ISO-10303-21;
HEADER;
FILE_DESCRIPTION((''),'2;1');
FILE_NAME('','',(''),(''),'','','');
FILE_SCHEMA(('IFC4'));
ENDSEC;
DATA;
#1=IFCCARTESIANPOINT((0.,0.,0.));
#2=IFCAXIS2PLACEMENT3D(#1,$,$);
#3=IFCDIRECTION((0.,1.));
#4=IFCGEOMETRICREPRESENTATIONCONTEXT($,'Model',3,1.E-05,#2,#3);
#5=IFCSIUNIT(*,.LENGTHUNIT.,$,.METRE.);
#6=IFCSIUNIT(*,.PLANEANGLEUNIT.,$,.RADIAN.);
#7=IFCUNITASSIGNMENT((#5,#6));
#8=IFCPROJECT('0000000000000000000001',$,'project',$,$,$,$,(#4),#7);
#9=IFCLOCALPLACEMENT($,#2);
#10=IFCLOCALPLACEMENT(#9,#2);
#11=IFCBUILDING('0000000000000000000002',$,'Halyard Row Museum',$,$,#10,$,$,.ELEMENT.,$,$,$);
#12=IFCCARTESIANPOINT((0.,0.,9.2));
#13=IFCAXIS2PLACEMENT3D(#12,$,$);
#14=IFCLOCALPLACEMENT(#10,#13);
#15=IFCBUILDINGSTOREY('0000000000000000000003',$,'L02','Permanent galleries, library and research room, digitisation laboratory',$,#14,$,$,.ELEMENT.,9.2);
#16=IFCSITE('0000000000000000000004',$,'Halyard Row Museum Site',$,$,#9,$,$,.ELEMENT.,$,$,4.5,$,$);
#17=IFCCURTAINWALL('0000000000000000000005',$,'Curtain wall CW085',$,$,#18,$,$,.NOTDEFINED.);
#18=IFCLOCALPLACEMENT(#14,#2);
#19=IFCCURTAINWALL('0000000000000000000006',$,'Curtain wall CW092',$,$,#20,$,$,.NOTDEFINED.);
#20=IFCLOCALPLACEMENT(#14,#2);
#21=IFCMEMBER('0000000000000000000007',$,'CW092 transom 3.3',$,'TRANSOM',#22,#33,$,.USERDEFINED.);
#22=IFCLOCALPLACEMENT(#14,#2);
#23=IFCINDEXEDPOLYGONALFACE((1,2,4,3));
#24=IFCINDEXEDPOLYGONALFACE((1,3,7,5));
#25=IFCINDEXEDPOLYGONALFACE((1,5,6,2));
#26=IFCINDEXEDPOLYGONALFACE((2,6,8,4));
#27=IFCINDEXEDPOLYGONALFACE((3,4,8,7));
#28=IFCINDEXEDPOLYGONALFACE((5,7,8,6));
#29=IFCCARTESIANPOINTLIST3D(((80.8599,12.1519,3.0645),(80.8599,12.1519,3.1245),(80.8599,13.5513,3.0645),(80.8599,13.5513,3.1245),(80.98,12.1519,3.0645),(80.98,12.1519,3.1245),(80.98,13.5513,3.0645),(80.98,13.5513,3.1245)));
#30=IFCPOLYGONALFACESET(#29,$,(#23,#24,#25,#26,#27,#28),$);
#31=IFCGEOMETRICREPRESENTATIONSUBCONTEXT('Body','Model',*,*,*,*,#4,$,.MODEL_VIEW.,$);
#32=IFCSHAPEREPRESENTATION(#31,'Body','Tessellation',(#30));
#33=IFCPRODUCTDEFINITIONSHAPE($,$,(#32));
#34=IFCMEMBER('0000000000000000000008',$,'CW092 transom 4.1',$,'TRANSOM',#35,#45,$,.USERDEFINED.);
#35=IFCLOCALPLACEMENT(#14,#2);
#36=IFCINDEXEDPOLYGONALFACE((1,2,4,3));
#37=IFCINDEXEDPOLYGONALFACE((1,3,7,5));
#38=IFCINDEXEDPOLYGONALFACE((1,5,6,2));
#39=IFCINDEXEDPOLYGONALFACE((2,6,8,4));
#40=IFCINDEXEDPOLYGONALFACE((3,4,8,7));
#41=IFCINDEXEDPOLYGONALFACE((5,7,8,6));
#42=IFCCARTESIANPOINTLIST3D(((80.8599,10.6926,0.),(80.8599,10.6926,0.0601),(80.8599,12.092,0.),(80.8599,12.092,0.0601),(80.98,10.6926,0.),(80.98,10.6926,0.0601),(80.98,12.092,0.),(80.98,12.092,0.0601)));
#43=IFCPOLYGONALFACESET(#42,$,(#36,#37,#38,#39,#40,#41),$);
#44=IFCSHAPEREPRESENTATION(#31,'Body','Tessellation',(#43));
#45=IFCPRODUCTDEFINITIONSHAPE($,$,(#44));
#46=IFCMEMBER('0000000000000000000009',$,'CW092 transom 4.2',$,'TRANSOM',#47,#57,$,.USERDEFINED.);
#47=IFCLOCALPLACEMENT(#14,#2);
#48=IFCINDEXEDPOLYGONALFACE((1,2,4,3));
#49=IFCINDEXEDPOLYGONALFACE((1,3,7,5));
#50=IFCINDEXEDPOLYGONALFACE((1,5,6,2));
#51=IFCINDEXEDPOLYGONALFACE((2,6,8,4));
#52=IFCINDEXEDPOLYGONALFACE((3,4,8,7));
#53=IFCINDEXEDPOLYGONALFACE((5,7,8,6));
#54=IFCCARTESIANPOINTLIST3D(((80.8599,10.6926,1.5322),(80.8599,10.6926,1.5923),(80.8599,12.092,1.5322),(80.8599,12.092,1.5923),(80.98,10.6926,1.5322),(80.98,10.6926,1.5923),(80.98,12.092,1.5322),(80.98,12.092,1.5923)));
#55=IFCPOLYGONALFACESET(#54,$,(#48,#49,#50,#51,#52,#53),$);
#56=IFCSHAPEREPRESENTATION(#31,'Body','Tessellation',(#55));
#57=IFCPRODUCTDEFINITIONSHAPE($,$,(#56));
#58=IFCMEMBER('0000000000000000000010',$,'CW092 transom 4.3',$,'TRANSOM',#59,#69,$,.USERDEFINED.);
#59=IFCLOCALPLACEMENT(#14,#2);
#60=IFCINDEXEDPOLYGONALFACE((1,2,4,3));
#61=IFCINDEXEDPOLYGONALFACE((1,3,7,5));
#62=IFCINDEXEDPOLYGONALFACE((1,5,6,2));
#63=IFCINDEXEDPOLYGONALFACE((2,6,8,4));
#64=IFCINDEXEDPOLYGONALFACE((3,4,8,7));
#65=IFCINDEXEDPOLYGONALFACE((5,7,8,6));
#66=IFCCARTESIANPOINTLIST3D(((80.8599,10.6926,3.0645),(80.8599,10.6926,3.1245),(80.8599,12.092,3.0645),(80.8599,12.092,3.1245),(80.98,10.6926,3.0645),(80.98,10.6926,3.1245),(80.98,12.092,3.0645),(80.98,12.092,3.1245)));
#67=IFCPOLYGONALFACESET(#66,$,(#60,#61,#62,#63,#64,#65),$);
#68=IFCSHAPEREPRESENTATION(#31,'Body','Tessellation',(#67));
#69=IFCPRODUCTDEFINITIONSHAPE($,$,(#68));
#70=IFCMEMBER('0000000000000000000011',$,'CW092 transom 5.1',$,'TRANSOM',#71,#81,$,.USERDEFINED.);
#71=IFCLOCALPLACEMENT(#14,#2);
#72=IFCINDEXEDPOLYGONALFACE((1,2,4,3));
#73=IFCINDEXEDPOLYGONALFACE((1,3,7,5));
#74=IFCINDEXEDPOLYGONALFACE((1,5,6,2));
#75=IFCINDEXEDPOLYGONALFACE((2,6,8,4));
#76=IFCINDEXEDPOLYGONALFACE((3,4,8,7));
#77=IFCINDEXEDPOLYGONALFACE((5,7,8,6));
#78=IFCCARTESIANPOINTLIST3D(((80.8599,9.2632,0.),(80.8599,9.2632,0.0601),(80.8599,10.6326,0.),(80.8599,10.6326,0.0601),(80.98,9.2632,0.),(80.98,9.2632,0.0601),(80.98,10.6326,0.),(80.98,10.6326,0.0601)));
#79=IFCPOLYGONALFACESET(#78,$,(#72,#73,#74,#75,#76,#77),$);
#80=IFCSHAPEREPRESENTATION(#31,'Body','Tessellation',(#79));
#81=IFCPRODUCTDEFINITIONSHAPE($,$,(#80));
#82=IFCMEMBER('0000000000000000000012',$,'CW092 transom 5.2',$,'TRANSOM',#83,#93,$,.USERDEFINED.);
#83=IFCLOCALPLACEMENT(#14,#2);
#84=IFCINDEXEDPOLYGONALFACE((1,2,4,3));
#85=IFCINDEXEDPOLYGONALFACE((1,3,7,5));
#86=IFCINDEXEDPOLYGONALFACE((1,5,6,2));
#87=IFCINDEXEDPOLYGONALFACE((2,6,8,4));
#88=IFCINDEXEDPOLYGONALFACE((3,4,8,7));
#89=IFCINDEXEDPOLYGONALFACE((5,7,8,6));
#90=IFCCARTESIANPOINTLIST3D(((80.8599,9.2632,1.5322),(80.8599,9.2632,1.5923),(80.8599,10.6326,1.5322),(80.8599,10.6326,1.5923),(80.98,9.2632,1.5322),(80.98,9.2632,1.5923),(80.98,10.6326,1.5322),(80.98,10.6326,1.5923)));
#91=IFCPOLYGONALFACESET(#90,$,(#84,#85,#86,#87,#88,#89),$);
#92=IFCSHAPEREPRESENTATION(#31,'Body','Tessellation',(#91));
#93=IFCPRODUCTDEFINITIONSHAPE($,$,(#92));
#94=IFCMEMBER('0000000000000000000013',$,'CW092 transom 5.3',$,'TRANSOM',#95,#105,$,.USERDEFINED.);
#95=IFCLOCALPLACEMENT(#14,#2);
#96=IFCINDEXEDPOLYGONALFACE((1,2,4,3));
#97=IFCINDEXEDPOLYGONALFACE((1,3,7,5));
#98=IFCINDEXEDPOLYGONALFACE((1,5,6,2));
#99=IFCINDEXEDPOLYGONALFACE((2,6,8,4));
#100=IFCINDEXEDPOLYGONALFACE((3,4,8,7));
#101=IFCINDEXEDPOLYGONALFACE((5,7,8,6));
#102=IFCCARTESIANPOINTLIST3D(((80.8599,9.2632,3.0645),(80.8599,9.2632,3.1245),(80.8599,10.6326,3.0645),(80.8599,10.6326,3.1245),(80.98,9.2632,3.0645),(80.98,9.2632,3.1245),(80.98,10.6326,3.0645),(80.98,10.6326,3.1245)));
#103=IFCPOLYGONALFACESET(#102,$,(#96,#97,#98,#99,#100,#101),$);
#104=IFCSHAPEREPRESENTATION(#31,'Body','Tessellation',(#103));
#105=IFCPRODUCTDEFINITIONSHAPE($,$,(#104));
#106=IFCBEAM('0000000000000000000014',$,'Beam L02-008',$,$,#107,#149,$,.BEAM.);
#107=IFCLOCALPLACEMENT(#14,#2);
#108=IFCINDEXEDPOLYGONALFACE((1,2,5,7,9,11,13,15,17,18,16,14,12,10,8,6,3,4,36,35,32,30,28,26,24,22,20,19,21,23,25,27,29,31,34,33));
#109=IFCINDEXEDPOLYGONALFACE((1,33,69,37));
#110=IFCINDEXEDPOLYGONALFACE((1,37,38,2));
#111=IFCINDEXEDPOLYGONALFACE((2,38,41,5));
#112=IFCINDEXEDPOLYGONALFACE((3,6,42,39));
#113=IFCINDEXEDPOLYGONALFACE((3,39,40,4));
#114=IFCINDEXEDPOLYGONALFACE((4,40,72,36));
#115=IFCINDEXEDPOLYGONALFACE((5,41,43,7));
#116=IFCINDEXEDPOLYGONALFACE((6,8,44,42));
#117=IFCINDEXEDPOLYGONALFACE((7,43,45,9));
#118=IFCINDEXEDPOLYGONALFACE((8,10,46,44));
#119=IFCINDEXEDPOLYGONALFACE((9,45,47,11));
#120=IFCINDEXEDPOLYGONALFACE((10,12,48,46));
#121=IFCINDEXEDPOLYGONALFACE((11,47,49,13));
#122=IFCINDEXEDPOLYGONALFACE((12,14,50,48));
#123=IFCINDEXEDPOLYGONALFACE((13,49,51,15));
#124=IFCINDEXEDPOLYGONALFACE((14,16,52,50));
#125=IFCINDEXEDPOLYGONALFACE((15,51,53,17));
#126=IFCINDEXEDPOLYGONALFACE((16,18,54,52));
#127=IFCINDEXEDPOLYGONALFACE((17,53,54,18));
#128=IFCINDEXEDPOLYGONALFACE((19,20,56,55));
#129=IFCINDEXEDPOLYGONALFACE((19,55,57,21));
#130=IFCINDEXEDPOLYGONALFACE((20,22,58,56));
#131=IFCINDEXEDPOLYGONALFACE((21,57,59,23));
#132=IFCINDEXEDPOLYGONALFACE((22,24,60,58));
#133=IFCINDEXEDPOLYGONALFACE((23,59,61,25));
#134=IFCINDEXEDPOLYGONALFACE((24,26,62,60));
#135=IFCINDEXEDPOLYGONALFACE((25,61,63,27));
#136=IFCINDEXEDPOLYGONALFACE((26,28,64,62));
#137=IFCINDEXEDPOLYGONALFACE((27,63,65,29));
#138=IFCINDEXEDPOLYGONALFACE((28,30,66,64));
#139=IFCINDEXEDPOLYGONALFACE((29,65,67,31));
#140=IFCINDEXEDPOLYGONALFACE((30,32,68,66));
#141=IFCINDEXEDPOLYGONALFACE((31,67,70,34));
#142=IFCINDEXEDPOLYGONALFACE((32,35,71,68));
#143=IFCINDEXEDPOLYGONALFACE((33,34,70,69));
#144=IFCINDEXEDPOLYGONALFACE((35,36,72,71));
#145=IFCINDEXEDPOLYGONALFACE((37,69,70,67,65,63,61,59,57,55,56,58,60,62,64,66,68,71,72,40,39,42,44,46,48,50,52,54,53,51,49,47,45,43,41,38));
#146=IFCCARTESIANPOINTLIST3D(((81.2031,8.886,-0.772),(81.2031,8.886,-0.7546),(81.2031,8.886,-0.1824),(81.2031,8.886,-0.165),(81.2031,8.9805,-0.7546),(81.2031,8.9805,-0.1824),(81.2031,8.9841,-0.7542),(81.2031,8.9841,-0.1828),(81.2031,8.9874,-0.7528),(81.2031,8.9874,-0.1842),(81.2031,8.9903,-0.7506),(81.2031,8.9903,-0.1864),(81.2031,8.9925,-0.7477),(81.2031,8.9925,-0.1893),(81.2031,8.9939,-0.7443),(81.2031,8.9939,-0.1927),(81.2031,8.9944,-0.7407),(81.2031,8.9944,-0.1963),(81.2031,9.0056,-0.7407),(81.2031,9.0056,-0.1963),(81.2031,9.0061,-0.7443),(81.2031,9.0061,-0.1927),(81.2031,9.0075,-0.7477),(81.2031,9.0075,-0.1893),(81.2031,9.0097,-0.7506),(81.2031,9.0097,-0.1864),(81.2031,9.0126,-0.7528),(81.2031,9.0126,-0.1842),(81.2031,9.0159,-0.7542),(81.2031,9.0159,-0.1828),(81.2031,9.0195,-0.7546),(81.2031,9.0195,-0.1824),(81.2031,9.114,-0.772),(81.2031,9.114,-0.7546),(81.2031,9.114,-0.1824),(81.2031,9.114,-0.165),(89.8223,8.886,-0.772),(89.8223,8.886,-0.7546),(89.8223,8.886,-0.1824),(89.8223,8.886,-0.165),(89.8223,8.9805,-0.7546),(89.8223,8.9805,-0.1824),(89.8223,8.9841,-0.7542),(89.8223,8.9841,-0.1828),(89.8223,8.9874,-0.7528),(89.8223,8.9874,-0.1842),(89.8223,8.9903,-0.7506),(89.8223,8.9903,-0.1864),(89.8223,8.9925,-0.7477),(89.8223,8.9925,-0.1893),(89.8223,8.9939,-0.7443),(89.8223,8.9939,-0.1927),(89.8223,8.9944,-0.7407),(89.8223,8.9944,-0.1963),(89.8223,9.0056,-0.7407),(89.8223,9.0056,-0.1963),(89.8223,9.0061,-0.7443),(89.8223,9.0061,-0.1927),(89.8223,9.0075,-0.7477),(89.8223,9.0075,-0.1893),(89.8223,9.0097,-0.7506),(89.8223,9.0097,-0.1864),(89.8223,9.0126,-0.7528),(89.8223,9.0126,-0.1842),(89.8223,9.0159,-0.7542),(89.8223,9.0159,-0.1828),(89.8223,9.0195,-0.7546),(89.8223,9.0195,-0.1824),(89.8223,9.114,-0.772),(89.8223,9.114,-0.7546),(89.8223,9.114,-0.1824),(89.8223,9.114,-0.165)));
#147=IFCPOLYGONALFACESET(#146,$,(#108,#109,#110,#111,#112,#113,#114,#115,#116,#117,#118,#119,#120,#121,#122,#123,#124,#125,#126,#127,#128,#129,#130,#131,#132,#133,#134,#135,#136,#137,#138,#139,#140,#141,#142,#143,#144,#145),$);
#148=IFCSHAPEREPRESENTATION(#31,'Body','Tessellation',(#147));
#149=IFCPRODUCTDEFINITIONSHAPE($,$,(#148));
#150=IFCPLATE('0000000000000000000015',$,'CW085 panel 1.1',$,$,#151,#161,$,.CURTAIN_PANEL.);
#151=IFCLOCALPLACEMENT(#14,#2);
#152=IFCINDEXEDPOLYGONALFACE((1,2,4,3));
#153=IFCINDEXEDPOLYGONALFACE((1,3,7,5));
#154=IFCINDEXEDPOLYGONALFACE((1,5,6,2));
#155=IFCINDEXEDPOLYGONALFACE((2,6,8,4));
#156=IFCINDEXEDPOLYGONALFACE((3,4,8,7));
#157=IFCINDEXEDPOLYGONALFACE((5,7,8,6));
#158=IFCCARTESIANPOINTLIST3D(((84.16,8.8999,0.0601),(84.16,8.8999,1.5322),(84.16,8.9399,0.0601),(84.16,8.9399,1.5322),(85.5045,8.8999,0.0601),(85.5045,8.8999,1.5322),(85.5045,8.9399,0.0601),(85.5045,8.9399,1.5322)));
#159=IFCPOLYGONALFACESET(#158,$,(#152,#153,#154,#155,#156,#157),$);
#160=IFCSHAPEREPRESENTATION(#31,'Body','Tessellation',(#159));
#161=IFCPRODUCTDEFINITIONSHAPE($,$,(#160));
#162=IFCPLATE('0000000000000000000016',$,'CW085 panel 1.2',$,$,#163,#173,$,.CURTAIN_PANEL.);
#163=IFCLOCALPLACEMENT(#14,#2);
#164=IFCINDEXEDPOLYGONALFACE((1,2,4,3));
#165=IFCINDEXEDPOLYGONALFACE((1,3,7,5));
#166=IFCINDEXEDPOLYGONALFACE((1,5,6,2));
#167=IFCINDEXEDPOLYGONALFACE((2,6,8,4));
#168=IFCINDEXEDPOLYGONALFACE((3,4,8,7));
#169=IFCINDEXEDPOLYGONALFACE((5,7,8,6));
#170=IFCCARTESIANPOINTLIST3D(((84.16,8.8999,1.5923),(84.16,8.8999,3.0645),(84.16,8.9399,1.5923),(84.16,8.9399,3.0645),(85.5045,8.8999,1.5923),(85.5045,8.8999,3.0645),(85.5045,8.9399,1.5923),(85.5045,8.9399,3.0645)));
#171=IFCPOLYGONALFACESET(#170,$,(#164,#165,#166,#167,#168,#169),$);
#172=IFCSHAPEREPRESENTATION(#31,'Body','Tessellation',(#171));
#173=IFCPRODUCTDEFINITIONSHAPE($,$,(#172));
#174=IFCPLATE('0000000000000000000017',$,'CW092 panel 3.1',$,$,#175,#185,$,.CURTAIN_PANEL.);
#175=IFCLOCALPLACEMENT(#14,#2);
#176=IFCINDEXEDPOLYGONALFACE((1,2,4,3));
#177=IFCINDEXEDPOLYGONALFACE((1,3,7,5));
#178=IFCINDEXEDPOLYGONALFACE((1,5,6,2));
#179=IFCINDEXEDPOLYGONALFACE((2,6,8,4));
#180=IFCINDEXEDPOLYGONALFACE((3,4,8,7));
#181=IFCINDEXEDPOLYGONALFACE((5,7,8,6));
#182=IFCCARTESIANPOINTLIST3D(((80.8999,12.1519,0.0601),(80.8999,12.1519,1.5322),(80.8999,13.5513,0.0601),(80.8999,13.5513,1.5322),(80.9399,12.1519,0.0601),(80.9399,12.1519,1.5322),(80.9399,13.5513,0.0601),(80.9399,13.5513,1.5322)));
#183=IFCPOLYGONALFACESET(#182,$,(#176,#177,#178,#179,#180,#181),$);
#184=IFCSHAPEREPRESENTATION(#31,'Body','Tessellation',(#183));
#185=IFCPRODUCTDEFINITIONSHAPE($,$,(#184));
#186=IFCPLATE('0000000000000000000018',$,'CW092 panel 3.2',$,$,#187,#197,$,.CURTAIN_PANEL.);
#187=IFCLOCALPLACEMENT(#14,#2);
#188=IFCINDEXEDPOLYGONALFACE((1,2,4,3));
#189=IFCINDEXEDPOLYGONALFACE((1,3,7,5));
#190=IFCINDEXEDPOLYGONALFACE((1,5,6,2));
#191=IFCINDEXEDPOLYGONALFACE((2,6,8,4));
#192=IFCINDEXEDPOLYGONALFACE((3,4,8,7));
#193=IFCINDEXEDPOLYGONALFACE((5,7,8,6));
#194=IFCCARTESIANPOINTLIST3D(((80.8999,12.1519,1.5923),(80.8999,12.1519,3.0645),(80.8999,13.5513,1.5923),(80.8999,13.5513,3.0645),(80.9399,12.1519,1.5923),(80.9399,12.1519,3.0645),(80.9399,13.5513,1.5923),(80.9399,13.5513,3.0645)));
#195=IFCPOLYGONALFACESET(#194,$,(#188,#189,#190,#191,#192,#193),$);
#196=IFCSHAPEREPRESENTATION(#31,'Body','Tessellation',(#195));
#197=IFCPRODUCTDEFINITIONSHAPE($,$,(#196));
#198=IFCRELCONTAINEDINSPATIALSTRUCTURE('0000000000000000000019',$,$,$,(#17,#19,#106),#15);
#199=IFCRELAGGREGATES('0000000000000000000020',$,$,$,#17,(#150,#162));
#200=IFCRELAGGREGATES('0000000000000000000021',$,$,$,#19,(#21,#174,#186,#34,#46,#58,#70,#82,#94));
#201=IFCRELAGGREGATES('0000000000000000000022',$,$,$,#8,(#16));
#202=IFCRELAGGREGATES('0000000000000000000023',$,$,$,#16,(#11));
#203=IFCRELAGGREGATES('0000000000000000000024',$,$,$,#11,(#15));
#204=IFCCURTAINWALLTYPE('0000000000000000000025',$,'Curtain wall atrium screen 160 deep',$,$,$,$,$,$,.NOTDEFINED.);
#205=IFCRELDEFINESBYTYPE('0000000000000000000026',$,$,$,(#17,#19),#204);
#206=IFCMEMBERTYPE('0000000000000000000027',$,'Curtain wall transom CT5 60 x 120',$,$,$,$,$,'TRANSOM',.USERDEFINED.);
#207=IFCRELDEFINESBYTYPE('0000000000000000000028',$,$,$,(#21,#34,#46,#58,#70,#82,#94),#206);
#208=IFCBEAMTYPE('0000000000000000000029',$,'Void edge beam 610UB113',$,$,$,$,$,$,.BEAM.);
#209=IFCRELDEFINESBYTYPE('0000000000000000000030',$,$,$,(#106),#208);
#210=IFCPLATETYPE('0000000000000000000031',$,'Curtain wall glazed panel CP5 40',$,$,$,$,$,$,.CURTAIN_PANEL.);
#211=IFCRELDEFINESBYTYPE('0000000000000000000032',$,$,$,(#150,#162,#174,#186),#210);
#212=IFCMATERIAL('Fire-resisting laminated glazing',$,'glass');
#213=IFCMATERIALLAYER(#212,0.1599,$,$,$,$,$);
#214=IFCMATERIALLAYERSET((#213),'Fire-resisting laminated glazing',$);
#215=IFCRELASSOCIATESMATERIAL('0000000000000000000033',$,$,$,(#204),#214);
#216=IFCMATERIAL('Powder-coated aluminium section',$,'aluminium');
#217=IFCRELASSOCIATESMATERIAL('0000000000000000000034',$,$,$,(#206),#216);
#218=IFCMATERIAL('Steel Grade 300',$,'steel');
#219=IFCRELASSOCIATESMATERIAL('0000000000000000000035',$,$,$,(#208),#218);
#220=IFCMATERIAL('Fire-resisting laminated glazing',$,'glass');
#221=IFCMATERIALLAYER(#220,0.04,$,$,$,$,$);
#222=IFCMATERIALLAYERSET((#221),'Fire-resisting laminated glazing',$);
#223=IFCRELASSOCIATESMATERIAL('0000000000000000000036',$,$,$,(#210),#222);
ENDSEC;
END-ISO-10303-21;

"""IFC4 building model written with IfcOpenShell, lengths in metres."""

from ifc_helpers import new_model, si_unit, direction, frame, origin, origin_2d, place, context, subcontext, project, spatial, rectangle, i_section, extrude, material, layer, layer_set, material_profile, profile_set, type_object, element, aggregate, save


model = new_model("IFC4")

# Units and contexts
model_context = context("Model", 3, precision=1e-05, world=origin(), true_north=direction((0.0, 1.0)))
body_context = subcontext(model_context, "Body", "Model", "MODEL_VIEW")
ifc_project = project(units=[si_unit("LENGTHUNIT", "METRE"), si_unit("PLANEANGLEUNIT", "RADIAN")], contexts=[model_context])

# Site, building, storey
site_placement = place(None, origin())
site = spatial("IfcSite", under=ifc_project, at=site_placement, Name="Halyard Row Museum Site", CompositionType="ELEMENT", RefElevation=4.5)
building_placement = place(site_placement, origin())
building = spatial("IfcBuilding", under=site, at=building_placement, Name="Halyard Row Museum", CompositionType="ELEMENT")
storey_placement = place(building_placement, frame((0.0, 0.0, 9.2)))
storey = spatial("IfcBuildingStorey", under=building, at=storey_placement, Name="L02", Description="Permanent galleries, library and research room, digitisation laboratory", CompositionType="ELEMENT", Elevation=9.2)

# Curtain wall
ifc_material_1 = material(Name="Fire-resisting laminated glazing", Category="glass")
ifc_layer_1 = layer(ifc_material_1, 0.1599)
ifc_layer_set_1 = layer_set([ifc_layer_1], Name="Fire-resisting laminated glazing")
curtain_wall_type = type_object("IfcCurtainWallType", Name="Curtain wall atrium screen 160 deep", PredefinedType="NOTDEFINED", material=ifc_layer_set_1)
curtain_wall_1_placement = place(storey_placement, origin())
curtain_wall_1 = element("IfcCurtainWall", 1, at=curtain_wall_1_placement, inside=storey, type_object=curtain_wall_type, Name="Curtain wall CW085", PredefinedType="NOTDEFINED")

# Curtain wall
curtain_wall_2_placement = place(storey_placement, origin())
curtain_wall_2 = element("IfcCurtainWall", 2, at=curtain_wall_2_placement, inside=storey, type_object=curtain_wall_type, Name="Curtain wall CW092", PredefinedType="NOTDEFINED")

# Members
ifc_material_2 = material(Name="Powder-coated aluminium section", Category="aluminium")
ifc_material_profile_1 = material_profile(ifc_material_2, rectangle(XDim=0.1201, YDim=0.0601, at=origin_2d()), Name="120x60 transom")
ifc_profile_set_1 = profile_set([ifc_material_profile_1], Name="Powder-coated aluminium section")
member_type_1 = type_object("IfcMemberType", Name="Curtain wall transom CT5 60 x 120", ElementType="TRANSOM", PredefinedType="USERDEFINED", material=ifc_profile_set_1)
member_1_placement = place(storey_placement, frame((80.9199, 13.5513, 3.0945), z_axis=(0.0, -1.0, 0.0), x_axis=(1.0, 0.0, 0.0)))
member_1 = element("IfcMember", 3, at=member_1_placement, type_object=member_type_1, Name="CW092 transom 3.3", ObjectType="TRANSOM", PredefinedType="USERDEFINED", context=body_context, shape_type="SweptSolid", body=[
    extrude(rectangle(XDim=0.1201, YDim=0.0601, at=origin_2d()), origin(), (0.0, 0.0, 1.0), 1.3994),
])
member_2_placement = place(storey_placement, frame((80.9199, 12.092, 0.03), z_axis=(0.0, -1.0, 0.0), x_axis=(1.0, 0.0, 0.0)))
member_2 = element("IfcMember", 4, at=member_2_placement, type_object=member_type_1, Name="CW092 transom 4.1", ObjectType="TRANSOM", PredefinedType="USERDEFINED", context=body_context, shape_type="SweptSolid", body=[
    extrude(rectangle(XDim=0.1201, YDim=0.0601, at=origin_2d()), origin(), (0.0, 0.0, 1.0), 1.3994),
])
member_3_placement = place(storey_placement, frame((80.9199, 12.092, 1.5623), z_axis=(0.0, -1.0, 0.0), x_axis=(1.0, 0.0, 0.0)))
member_3 = element("IfcMember", 5, at=member_3_placement, type_object=member_type_1, Name="CW092 transom 4.2", ObjectType="TRANSOM", PredefinedType="USERDEFINED", context=body_context, shape_type="SweptSolid", body=[
    extrude(rectangle(XDim=0.1201, YDim=0.0601, at=origin_2d()), origin(), (0.0, 0.0, 1.0), 1.3994),
])
member_4_placement = place(storey_placement, frame((80.9199, 12.092, 3.0945), z_axis=(0.0, -1.0, 0.0), x_axis=(1.0, 0.0, 0.0)))
member_4 = element("IfcMember", 6, at=member_4_placement, type_object=member_type_1, Name="CW092 transom 4.3", ObjectType="TRANSOM", PredefinedType="USERDEFINED", context=body_context, shape_type="SweptSolid", body=[
    extrude(rectangle(XDim=0.1201, YDim=0.0601, at=origin_2d()), origin(), (0.0, 0.0, 1.0), 1.3994),
])
member_5_placement = place(storey_placement, frame((80.9199, 10.6326, 0.03), z_axis=(0.0, -1.0, 0.0), x_axis=(1.0, 0.0, 0.0)))
member_5 = element("IfcMember", 7, at=member_5_placement, type_object=member_type_1, Name="CW092 transom 5.1", ObjectType="TRANSOM", PredefinedType="USERDEFINED", context=body_context, shape_type="SweptSolid", body=[
    extrude(rectangle(XDim=0.1201, YDim=0.0601, at=origin_2d()), origin(), (0.0, 0.0, 1.0), 1.3694),
])
member_6_placement = place(storey_placement, frame((80.9199, 10.6326, 1.5623), z_axis=(0.0, -1.0, 0.0), x_axis=(1.0, 0.0, 0.0)))
member_6 = element("IfcMember", 8, at=member_6_placement, type_object=member_type_1, Name="CW092 transom 5.2", ObjectType="TRANSOM", PredefinedType="USERDEFINED", context=body_context, shape_type="SweptSolid", body=[
    extrude(rectangle(XDim=0.1201, YDim=0.0601, at=origin_2d()), origin(), (0.0, 0.0, 1.0), 1.3694),
])
member_7_placement = place(storey_placement, frame((80.9199, 10.6326, 3.0945), z_axis=(0.0, -1.0, 0.0), x_axis=(1.0, 0.0, 0.0)))
member_7 = element("IfcMember", 9, at=member_7_placement, type_object=member_type_1, Name="CW092 transom 5.3", ObjectType="TRANSOM", PredefinedType="USERDEFINED", context=body_context, shape_type="SweptSolid", body=[
    extrude(rectangle(XDim=0.1201, YDim=0.0601, at=origin_2d()), origin(), (0.0, 0.0, 1.0), 1.3694),
])

# Beam
ifc_material_3 = material(Name="Steel Grade 300", Category="steel")
ifc_material_profile_2 = material_profile(ifc_material_3, i_section(OverallWidth=0.228, OverallDepth=0.6069, WebThickness=0.0112, FlangeThickness=0.0173, FilletRadius=0.0139, at=origin_2d()), Name="610UB113")
ifc_profile_set_2 = profile_set([ifc_material_profile_2], Name="Steel Grade 300")
beam_type_1 = type_object("IfcBeamType", Name="Void edge beam 610UB113", PredefinedType="BEAM", material=ifc_profile_set_2)
beam_1_placement = place(storey_placement, frame((81.2031, 9.0, -0.4685), z_axis=(1.0, 0.0, 0.0), x_axis=(0.0, 1.0, 0.0)))
element("IfcBeam", 10, at=beam_1_placement, inside=storey, type_object=beam_type_1, Name="Beam L02-008", PredefinedType="BEAM", context=body_context, shape_type="SweptSolid", body=[
    extrude(i_section(OverallWidth=0.228, OverallDepth=0.6069, WebThickness=0.0112, FlangeThickness=0.0173, FilletRadius=0.0139, at=origin_2d()), origin(), (0.0, 0.0, 1.0), 8.6191),
])

# Plates
ifc_material_4 = material(Name="Fire-resisting laminated glazing", Category="glass")
ifc_layer_2 = layer(ifc_material_4, 0.04)
ifc_layer_set_2 = layer_set([ifc_layer_2], Name="Fire-resisting laminated glazing")
plate_type = type_object("IfcPlateType", Name="Curtain wall glazed panel CP5 40", PredefinedType="CURTAIN_PANEL", material=ifc_layer_set_2)
plate_1_placement = place(storey_placement, frame((84.8323, 8.9199, 0.0601), z_axis=(0.0, 0.0, 1.0), x_axis=(1.0, 0.0, 0.0)))
plate_1 = element("IfcPlate", 11, at=plate_1_placement, type_object=plate_type, Name="CW085 panel 1.1", PredefinedType="CURTAIN_PANEL", context=body_context, shape_type="SweptSolid", body=[
    extrude(rectangle(XDim=1.3445, YDim=0.04, at=origin_2d()), origin(), (0.0, 0.0, 1.0), 1.4722),
])
plate_2_placement = place(storey_placement, frame((84.8323, 8.9199, 1.5923), z_axis=(0.0, 0.0, 1.0), x_axis=(1.0, 0.0, 0.0)))
plate_2 = element("IfcPlate", 12, at=plate_2_placement, type_object=plate_type, Name="CW085 panel 1.2", PredefinedType="CURTAIN_PANEL", context=body_context, shape_type="SweptSolid", body=[
    extrude(rectangle(XDim=1.3445, YDim=0.04, at=origin_2d()), origin(), (0.0, 0.0, 1.0), 1.4722),
])
aggregate(curtain_wall_1, [plate_1, plate_2])
plate_3_placement = place(storey_placement, frame((80.9199, 12.8516, 0.0601), z_axis=(0.0, 0.0, 1.0), x_axis=(0.0, -1.0, 0.0)))
plate_3 = element("IfcPlate", 13, at=plate_3_placement, type_object=plate_type, Name="CW092 panel 3.1", PredefinedType="CURTAIN_PANEL", context=body_context, shape_type="SweptSolid", body=[
    extrude(rectangle(XDim=1.3994, YDim=0.04, at=origin_2d()), origin(), (0.0, 0.0, 1.0), 1.4722),
])
plate_4_placement = place(storey_placement, frame((80.9199, 12.8516, 1.5923), z_axis=(0.0, 0.0, 1.0), x_axis=(0.0, -1.0, 0.0)))
plate_4 = element("IfcPlate", 14, at=plate_4_placement, type_object=plate_type, Name="CW092 panel 3.2", PredefinedType="CURTAIN_PANEL", context=body_context, shape_type="SweptSolid", body=[
    extrude(rectangle(XDim=1.3994, YDim=0.04, at=origin_2d()), origin(), (0.0, 0.0, 1.0), 1.4722),
])
aggregate(curtain_wall_2, [member_1, plate_3, plate_4, member_2, member_3, member_4, member_5, member_6, member_7])

save(model, "model.ifc")
